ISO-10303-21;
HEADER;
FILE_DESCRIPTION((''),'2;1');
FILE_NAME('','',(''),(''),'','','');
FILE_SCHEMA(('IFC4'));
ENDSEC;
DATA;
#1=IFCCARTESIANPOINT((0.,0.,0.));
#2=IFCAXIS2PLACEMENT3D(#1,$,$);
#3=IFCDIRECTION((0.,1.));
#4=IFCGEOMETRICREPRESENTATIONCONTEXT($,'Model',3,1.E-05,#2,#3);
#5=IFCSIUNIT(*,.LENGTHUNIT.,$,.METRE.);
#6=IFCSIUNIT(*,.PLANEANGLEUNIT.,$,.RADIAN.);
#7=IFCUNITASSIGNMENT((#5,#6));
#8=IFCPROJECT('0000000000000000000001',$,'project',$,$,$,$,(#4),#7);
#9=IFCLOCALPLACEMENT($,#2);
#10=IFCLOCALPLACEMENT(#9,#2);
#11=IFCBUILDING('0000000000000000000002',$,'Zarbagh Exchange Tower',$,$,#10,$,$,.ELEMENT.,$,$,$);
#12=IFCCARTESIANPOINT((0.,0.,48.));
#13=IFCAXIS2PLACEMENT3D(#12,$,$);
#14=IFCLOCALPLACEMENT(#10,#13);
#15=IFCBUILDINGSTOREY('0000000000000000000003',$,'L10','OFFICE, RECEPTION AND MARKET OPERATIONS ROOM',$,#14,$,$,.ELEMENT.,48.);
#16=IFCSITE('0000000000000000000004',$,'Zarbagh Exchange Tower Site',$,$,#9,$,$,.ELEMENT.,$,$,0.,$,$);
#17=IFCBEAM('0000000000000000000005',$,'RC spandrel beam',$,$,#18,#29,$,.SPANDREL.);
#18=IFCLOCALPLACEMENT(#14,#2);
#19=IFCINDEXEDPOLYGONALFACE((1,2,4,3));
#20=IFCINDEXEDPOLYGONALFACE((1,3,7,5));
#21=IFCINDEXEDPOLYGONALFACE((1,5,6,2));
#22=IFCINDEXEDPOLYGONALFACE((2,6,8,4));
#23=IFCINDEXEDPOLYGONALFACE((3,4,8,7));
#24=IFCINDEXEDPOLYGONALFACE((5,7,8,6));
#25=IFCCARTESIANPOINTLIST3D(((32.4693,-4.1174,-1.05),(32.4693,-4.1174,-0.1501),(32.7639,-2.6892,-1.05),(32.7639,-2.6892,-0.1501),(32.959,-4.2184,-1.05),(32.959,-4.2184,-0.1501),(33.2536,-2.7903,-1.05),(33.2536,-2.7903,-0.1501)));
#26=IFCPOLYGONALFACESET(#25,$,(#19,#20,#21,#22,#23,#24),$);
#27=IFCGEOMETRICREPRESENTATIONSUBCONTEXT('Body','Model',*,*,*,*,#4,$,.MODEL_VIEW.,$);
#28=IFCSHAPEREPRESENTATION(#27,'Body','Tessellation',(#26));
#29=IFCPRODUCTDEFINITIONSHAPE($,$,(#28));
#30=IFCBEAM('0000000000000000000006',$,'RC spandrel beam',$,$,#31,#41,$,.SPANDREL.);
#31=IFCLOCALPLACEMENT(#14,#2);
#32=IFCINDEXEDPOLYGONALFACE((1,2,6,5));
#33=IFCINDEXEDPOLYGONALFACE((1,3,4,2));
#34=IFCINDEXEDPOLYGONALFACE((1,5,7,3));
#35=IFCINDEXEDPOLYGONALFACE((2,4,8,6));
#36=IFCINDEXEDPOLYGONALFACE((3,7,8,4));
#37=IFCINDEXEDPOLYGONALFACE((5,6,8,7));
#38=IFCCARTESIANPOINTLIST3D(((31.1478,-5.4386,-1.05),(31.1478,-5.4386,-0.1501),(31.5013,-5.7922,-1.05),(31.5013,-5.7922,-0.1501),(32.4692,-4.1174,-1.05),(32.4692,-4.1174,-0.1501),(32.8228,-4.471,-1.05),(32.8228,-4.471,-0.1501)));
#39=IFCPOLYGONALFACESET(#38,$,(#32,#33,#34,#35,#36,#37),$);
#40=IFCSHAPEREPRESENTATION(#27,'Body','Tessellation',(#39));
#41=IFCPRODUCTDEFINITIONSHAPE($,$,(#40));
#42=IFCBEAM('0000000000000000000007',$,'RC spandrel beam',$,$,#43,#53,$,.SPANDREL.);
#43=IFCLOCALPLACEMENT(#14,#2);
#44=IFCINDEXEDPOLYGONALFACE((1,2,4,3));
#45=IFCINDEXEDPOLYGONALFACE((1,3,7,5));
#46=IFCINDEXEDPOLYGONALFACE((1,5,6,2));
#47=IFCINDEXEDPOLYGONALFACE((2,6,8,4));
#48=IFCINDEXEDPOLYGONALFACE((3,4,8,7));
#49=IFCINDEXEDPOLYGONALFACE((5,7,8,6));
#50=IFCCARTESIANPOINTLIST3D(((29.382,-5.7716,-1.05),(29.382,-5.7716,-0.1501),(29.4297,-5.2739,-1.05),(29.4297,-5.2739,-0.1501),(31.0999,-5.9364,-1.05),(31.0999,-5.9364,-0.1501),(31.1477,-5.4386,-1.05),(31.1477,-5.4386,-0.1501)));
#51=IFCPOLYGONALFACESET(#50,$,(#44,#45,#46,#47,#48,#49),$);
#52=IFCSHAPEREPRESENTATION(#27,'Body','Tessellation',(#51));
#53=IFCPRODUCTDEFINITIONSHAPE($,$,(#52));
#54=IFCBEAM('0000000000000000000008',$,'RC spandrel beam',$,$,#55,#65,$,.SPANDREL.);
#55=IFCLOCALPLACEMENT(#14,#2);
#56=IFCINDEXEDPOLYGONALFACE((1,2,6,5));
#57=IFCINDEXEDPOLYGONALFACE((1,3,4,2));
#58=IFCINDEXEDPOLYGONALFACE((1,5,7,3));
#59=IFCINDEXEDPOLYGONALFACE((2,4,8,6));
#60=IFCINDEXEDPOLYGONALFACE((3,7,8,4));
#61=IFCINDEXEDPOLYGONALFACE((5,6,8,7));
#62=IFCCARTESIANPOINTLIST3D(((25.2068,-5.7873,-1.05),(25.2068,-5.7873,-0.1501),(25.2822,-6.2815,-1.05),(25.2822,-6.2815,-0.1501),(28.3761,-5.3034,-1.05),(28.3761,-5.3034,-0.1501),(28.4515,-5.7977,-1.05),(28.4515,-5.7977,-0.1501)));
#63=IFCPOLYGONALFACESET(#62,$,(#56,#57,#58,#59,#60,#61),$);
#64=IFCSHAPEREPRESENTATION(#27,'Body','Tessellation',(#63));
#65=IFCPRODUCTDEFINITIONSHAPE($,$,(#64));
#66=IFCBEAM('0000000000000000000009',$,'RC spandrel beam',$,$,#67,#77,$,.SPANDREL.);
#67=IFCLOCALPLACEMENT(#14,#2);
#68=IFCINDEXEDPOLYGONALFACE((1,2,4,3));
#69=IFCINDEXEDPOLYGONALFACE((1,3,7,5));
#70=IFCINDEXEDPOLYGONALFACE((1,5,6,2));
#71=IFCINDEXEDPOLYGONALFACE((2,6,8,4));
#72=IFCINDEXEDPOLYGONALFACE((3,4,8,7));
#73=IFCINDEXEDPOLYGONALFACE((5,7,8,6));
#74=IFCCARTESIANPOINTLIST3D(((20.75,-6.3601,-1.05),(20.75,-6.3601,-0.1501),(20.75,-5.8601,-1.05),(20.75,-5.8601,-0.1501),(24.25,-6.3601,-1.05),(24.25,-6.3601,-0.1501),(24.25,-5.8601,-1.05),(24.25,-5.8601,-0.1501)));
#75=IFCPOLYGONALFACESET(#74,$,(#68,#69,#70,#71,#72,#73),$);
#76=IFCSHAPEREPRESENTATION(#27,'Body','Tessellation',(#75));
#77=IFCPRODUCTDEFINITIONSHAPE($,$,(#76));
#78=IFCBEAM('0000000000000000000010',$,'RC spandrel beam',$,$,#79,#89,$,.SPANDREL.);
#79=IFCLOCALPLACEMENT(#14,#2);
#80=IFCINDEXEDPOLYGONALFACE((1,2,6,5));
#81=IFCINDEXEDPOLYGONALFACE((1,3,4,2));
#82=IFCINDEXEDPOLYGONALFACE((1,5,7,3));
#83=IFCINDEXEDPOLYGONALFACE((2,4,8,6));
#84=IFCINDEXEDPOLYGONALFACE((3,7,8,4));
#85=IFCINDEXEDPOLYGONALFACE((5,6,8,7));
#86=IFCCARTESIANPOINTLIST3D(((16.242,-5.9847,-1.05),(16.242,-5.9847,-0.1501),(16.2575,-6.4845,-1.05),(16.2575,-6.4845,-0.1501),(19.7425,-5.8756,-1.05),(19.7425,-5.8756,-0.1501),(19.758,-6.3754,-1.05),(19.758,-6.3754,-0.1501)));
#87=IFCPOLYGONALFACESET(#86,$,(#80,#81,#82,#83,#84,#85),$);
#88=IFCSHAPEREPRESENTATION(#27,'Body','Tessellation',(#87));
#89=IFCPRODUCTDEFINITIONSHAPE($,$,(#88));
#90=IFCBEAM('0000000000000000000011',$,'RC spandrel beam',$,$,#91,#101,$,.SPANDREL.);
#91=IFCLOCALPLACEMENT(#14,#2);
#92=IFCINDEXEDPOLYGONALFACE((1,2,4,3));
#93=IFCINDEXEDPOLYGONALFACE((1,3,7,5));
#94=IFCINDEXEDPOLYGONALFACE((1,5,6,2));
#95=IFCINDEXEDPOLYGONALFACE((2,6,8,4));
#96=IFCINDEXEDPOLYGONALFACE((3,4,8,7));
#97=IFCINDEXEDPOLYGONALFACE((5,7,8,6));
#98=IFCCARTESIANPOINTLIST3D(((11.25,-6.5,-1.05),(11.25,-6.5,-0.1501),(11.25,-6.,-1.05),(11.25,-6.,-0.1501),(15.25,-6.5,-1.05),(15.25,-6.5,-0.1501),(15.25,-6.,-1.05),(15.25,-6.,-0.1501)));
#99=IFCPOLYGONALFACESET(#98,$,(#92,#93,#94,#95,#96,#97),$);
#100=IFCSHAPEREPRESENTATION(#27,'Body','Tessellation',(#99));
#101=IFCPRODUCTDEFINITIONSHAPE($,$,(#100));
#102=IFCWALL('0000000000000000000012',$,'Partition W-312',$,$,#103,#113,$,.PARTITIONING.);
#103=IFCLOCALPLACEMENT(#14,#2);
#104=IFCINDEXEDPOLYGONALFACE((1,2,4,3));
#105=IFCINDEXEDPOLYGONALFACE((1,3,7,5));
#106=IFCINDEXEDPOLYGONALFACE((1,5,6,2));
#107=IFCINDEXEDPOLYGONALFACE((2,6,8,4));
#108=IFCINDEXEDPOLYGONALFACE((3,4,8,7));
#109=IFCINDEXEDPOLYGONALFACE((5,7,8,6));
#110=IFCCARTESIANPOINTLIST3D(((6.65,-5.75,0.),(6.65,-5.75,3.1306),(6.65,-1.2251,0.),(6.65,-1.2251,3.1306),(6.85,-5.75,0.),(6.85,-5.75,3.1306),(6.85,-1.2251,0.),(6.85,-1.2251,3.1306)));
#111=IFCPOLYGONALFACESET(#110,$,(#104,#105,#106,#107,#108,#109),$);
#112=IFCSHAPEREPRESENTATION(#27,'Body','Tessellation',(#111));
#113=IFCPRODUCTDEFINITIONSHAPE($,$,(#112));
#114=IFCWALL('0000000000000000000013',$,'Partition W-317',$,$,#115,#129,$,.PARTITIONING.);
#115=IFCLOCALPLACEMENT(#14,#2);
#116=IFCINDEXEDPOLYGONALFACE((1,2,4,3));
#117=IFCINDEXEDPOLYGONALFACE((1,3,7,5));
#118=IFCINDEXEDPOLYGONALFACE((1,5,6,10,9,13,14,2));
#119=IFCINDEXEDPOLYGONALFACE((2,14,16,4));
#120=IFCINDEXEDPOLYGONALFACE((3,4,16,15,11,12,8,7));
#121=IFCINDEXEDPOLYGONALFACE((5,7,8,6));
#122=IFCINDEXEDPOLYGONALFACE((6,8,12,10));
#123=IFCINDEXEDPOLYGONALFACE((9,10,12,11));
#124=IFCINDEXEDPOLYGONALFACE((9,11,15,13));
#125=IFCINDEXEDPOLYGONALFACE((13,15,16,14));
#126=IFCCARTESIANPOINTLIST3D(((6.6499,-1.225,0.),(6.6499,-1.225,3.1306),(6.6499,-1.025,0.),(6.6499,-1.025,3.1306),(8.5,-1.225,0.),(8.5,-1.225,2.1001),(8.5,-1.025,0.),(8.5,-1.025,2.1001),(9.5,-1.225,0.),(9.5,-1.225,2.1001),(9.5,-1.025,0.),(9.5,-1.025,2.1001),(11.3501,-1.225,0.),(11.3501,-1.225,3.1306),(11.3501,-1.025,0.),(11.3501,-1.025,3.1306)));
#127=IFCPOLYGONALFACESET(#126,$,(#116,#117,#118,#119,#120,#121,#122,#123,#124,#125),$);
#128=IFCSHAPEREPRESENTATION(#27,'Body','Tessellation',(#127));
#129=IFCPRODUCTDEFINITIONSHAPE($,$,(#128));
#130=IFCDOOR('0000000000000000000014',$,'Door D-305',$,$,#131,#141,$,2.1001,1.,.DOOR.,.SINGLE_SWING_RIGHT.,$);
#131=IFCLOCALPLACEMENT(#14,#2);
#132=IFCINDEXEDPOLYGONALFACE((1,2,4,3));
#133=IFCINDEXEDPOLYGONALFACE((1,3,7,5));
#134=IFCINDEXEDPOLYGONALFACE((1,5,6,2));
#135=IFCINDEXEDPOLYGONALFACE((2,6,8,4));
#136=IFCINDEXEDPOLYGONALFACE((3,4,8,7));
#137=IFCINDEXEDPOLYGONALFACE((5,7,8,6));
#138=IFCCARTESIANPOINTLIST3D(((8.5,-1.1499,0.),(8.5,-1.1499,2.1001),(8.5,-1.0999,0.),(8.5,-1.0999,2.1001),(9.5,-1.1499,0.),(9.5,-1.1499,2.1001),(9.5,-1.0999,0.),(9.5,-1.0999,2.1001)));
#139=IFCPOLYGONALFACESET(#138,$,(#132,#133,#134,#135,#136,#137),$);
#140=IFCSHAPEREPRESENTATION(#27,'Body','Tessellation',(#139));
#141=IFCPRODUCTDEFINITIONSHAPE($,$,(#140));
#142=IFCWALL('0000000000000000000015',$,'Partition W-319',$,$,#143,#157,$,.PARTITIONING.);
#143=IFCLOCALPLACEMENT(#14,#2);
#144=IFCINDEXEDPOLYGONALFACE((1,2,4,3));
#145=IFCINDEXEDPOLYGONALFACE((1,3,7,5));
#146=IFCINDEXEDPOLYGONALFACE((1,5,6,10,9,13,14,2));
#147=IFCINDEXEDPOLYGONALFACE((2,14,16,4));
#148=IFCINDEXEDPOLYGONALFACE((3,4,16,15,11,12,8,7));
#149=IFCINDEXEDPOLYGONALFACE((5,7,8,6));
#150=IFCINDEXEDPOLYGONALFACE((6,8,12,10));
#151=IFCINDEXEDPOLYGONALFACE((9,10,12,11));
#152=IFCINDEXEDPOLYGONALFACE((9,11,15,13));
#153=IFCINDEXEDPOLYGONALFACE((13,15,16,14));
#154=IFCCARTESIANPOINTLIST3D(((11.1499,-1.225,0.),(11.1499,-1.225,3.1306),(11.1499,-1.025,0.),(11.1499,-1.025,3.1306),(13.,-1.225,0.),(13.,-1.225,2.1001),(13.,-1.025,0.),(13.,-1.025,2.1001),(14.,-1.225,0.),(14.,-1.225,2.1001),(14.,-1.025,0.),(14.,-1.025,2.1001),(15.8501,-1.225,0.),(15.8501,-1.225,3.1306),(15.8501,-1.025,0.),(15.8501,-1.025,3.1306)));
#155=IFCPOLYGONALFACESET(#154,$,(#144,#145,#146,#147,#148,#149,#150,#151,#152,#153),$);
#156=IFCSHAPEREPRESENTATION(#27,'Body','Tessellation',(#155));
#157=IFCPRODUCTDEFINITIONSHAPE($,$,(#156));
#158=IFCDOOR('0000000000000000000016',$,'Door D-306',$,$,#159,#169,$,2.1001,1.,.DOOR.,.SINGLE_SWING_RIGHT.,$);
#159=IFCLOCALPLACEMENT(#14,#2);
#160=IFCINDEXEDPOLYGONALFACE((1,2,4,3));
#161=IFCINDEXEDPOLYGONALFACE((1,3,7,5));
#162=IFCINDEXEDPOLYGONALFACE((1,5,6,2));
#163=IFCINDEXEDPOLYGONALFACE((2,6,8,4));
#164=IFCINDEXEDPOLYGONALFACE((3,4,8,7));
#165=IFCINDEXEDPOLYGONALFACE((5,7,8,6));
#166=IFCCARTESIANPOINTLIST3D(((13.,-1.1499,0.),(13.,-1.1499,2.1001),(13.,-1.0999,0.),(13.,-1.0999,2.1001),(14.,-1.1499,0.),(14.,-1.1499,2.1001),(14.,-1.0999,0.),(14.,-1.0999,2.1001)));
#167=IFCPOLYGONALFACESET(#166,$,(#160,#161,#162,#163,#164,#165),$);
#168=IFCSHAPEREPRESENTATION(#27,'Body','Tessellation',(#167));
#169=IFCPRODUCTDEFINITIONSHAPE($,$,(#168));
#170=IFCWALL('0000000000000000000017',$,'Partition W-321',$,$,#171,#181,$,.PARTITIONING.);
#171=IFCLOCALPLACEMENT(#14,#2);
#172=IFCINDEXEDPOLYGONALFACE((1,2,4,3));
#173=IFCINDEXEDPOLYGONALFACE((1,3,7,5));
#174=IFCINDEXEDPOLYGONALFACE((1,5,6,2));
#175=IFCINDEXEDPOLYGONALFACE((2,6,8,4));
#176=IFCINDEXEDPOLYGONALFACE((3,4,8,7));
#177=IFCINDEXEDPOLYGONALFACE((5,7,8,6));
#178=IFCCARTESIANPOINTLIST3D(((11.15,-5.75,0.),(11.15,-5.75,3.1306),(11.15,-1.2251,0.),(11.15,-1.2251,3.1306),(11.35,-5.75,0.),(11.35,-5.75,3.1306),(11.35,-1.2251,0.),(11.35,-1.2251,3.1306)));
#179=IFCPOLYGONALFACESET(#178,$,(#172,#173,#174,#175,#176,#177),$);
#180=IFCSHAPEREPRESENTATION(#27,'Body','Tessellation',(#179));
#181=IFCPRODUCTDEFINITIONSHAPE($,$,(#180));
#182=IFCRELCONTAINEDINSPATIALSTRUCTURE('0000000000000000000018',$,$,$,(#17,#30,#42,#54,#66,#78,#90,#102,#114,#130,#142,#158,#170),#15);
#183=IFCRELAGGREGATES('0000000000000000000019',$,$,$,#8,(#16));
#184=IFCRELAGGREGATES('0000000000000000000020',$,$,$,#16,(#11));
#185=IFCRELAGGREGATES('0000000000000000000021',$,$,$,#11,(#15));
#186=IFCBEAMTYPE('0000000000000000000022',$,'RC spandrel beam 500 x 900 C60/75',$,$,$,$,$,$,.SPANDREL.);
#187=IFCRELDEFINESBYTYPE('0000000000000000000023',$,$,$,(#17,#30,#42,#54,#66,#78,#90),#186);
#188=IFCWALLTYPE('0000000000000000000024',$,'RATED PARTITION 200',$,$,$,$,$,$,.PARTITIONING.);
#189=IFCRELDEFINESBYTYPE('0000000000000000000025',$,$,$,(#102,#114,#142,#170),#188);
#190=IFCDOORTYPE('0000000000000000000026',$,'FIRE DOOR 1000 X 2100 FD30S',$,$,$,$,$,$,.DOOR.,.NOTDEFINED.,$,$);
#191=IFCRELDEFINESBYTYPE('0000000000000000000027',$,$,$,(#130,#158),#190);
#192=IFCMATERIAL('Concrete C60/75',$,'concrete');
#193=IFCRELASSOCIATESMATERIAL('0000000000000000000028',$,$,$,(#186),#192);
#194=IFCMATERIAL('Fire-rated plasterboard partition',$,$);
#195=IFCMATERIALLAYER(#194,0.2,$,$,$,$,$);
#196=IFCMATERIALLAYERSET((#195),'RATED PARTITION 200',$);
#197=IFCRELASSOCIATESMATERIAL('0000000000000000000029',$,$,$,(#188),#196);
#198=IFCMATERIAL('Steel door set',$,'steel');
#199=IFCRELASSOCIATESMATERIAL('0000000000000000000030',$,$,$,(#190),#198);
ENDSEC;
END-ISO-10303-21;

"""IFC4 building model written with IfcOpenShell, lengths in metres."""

from ifc_helpers import new_model, si_unit, direction, frame, frame_2d, origin, origin_2d, place, context, subcontext, project, spatial, rectangle, extrude, material, layer, layer_set, material_profile, profile_set, type_object, element, fill, save


model = new_model("IFC4")

# Units and contexts
model_context = context("Model", 3, precision=1e-05, world=origin(), true_north=direction((0.0, 1.0)))
body_context = subcontext(model_context, "Body", "Model", "MODEL_VIEW")
ifc_project = project(units=[si_unit("LENGTHUNIT", "METRE"), si_unit("PLANEANGLEUNIT", "RADIAN")], contexts=[model_context])

# Site, building, storey
site_placement = place(None, origin())
site = spatial("IfcSite", under=ifc_project, at=site_placement, Name="Zarbagh Exchange Tower Site", CompositionType="ELEMENT", RefElevation=0.0)
building_placement = place(site_placement, origin())
building = spatial("IfcBuilding", under=site, at=building_placement, Name="Zarbagh Exchange Tower", CompositionType="ELEMENT")
storey_placement = place(building_placement, frame((0.0, 0.0, 48.0)))
storey = spatial("IfcBuildingStorey", under=building, at=storey_placement, Name="L10", Description="OFFICE, RECEPTION AND MARKET OPERATIONS ROOM", CompositionType="ELEMENT", Elevation=48.0)

# Shared definitions
ifc_material_1 = material(Name="Concrete C60/75", Category="concrete")

# Beams
ifc_material_profile_1 = material_profile(ifc_material_1, rectangle(XDim=0.5, YDim=0.8999, at=origin_2d()), Name="RC spandrel beam 500 x 900 C60/75")
ifc_profile_set_1 = profile_set([ifc_material_profile_1], Name="Concrete C60/75")
beam_type_1 = type_object("IfcBeamType", Name="RC spandrel beam 500 x 900 C60/75", PredefinedType="SPANDREL", material=ifc_profile_set_1)
beam_1_placement = place(storey_placement, frame((33.0088, -2.7397, -0.6001), z_axis=(-0.202069, -0.979371, 0.0), x_axis=(0.979371, -0.202069, 0.0)))
element("IfcBeam", 1, at=beam_1_placement, inside=storey, type_object=beam_type_1, Name="RC spandrel beam", PredefinedType="SPANDREL", context=body_context, shape_type="SweptSolid", body=[
    extrude(rectangle(XDim=0.5, YDim=0.8999, at=origin_2d()), origin(), (0.0, 0.0, 1.0), 1.4583),
])
beam_2_placement = place(storey_placement, frame((32.646, -4.2942, -0.6001), z_axis=(-0.707172, -0.707041, 0.0), x_axis=(0.707041, -0.707172, 0.0)))
element("IfcBeam", 2, at=beam_2_placement, inside=storey, type_object=beam_type_1, Name="RC spandrel beam", PredefinedType="SPANDREL", context=body_context, shape_type="SweptSolid", body=[
    extrude(rectangle(XDim=0.5, YDim=0.8999, at=origin_2d()), origin(), (0.0, 0.0, 1.0), 1.8687),
])
beam_3_placement = place(storey_placement, frame((31.1238, -5.6875, -0.6001), z_axis=(-0.995431, 0.095483, 0.0), x_axis=(-0.095483, -0.995431, 0.0)))
element("IfcBeam", 3, at=beam_3_placement, inside=storey, type_object=beam_type_1, Name="RC spandrel beam", PredefinedType="SPANDREL", context=body_context, shape_type="SweptSolid", body=[
    extrude(rectangle(XDim=0.5, YDim=0.8999, at=origin_2d()), origin(), (0.0, 0.0, 1.0), 1.7258),
])
beam_4_placement = place(storey_placement, frame((28.4138, -5.5505, -0.6001), z_axis=(-0.988545, -0.150924, 0.0), x_axis=(0.150924, -0.988545, 0.0)))
element("IfcBeam", 4, at=beam_4_placement, inside=storey, type_object=beam_type_1, Name="RC spandrel beam", PredefinedType="SPANDREL", context=body_context, shape_type="SweptSolid", body=[
    extrude(rectangle(XDim=0.5, YDim=0.8999, at=origin_2d()), origin(), (0.0, 0.0, 1.0), 3.2061),
])
beam_5_placement = place(storey_placement, frame((24.25, -6.1101, -0.6001), z_axis=(-1.0, 0.0, 0.0), x_axis=(0.0, -1.0, 0.0)))
element("IfcBeam", 5, at=beam_5_placement, inside=storey, type_object=beam_type_1, Name="RC spandrel beam", PredefinedType="SPANDREL", context=body_context, shape_type="SweptSolid", body=[
    extrude(rectangle(XDim=0.5, YDim=0.8999, at=origin_2d()), origin(), (0.0, 0.0, 1.0), 3.5),
])
beam_6_placement = place(storey_placement, frame((19.7502, -6.1255, -0.6001), z_axis=(-0.999514, -0.031161, 0.0), x_axis=(0.031161, -0.999514, 0.0)))
element("IfcBeam", 6, at=beam_6_placement, inside=storey, type_object=beam_type_1, Name="RC spandrel beam", PredefinedType="SPANDREL", context=body_context, shape_type="SweptSolid", body=[
    extrude(rectangle(XDim=0.5, YDim=0.8999, at=origin_2d()), origin(), (0.0, 0.0, 1.0), 3.5022),
])
beam_7_placement = place(storey_placement, frame((15.25, -6.25, -0.6001), z_axis=(-1.0, 0.0, 0.0), x_axis=(0.0, -1.0, 0.0)))
element("IfcBeam", 7, at=beam_7_placement, inside=storey, type_object=beam_type_1, Name="RC spandrel beam", PredefinedType="SPANDREL", context=body_context, shape_type="SweptSolid", body=[
    extrude(rectangle(XDim=0.5, YDim=0.8999, at=origin_2d()), origin(), (0.0, 0.0, 1.0), 4.0),
])

# Wall
ifc_material_2 = material(Name="Fire-rated plasterboard partition")
ifc_layer = layer(ifc_material_2, 0.2)
ifc_layer_set = layer_set([ifc_layer], Name="RATED PARTITION 200")
wall_type = type_object("IfcWallType", Name="RATED PARTITION 200", PredefinedType="PARTITIONING", material=ifc_layer_set)
wall_1_placement = place(storey_placement, frame((6.75, -5.75, 0.0), z_axis=(0.0, 0.0, 1.0), x_axis=(0.0, 1.0, 0.0)))
element("IfcWall", 8, at=wall_1_placement, inside=storey, type_object=wall_type, Name="Partition W-312", PredefinedType="PARTITIONING", context=body_context, shape_type="SweptSolid", body=[
    extrude(rectangle(XDim=4.5249, YDim=0.2, at=frame_2d((2.2625, 0.0))), origin(), (0.0, 0.0, 1.0), 3.1306),
])

# Walls, openings, doors
wall_2_placement = place(storey_placement, frame((11.3501, -1.125, 0.0), z_axis=(0.0, 0.0, 1.0), x_axis=(-1.0, 0.0, 0.0)))
wall_2 = element("IfcWall", 9, at=wall_2_placement, inside=storey, type_object=wall_type, Name="Partition W-317", PredefinedType="PARTITIONING", context=body_context, shape_type="SweptSolid", body=[
    extrude(rectangle(XDim=4.7002, YDim=0.2, at=frame_2d((2.3501, 0.0))), origin(), (0.0, 0.0, 1.0), 3.1306),
])
opening_1_placement = place(wall_2_placement, frame((1.8501, 0.0, 0.0)))
opening_1 = element("IfcOpeningElement", 10, at=opening_1_placement, cuts=wall_2, PredefinedType="OPENING", context=body_context, shape_type="SweptSolid", body=[
    extrude(rectangle(XDim=1.0, YDim=2.1001, at=frame_2d((0.5, 1.05))), frame((0.0, 0.1099, 0.0), z_axis=(0.0, -1.0, 0.0), x_axis=(1.0, 0.0, 0.0)), (0.0, 0.0, 1.0), 0.22),
])
ifc_material_3 = material(Name="Steel door set", Category="steel")
door_type = type_object("IfcDoorType", Name="FIRE DOOR 1000 X 2100 FD30S", OperationType="NOTDEFINED", PredefinedType="DOOR", material=ifc_material_3)
door_1_placement = place(opening_1_placement, origin())
door_1 = element("IfcDoor", 11, at=door_1_placement, inside=storey, type_object=door_type, Name="Door D-305", OperationType="SINGLE_SWING_RIGHT", OverallHeight=2.1001, OverallWidth=1.0, PredefinedType="DOOR", context=body_context, shape_type="SweptSolid", body=[
    extrude(rectangle(XDim=1.0, YDim=2.1001, at=frame_2d((0.5, 1.05))), frame((0.0, 0.0249, 0.0), z_axis=(0.0, -1.0, 0.0), x_axis=(1.0, 0.0, 0.0)), (0.0, 0.0, 1.0), 0.05),
])
fill(opening_1, door_1)
wall_3_placement = place(storey_placement, frame((15.8501, -1.125, 0.0), z_axis=(0.0, 0.0, 1.0), x_axis=(-1.0, 0.0, 0.0)))
wall_3 = element("IfcWall", 12, at=wall_3_placement, inside=storey, type_object=wall_type, Name="Partition W-319", PredefinedType="PARTITIONING", context=body_context, shape_type="SweptSolid", body=[
    extrude(rectangle(XDim=4.7002, YDim=0.2, at=frame_2d((2.3501, 0.0))), origin(), (0.0, 0.0, 1.0), 3.1306),
])
opening_2_placement = place(wall_3_placement, frame((1.8501, 0.0, 0.0)))
opening_2 = element("IfcOpeningElement", 13, at=opening_2_placement, cuts=wall_3, PredefinedType="OPENING", context=body_context, shape_type="SweptSolid", body=[
    extrude(rectangle(XDim=1.0, YDim=2.1001, at=frame_2d((0.5, 1.05))), frame((0.0, 0.1099, 0.0), z_axis=(0.0, -1.0, 0.0), x_axis=(1.0, 0.0, 0.0)), (0.0, 0.0, 1.0), 0.22),
])
door_2_placement = place(opening_2_placement, origin())
door_2 = element("IfcDoor", 14, at=door_2_placement, inside=storey, type_object=door_type, Name="Door D-306", OperationType="SINGLE_SWING_RIGHT", OverallHeight=2.1001, OverallWidth=1.0, PredefinedType="DOOR", context=body_context, shape_type="SweptSolid", body=[
    extrude(rectangle(XDim=1.0, YDim=2.1001, at=frame_2d((0.5, 1.05))), frame((0.0, 0.0249, 0.0), z_axis=(0.0, -1.0, 0.0), x_axis=(1.0, 0.0, 0.0)), (0.0, 0.0, 1.0), 0.05),
])
fill(opening_2, door_2)

# Wall
for number, where, z_axis, x_axis, name in (
    (15, (11.25, -5.75, 0.0), (0.0, 0.0, 1.0), (0.0, 1.0, 0.0), "Partition W-321"),
):
    element("IfcWall", number, at=place(storey_placement, frame(where, z_axis=z_axis, x_axis=x_axis)), inside=storey, type_object=wall_type, Name=name, PredefinedType="PARTITIONING", context=body_context, shape_type="SweptSolid", body=[
        extrude(rectangle(XDim=4.5249, YDim=0.2, at=frame_2d((2.2625, 0.0))), origin(), (0.0, 0.0, 1.0), 3.1306),
    ])

save(model, "model.ifc")
